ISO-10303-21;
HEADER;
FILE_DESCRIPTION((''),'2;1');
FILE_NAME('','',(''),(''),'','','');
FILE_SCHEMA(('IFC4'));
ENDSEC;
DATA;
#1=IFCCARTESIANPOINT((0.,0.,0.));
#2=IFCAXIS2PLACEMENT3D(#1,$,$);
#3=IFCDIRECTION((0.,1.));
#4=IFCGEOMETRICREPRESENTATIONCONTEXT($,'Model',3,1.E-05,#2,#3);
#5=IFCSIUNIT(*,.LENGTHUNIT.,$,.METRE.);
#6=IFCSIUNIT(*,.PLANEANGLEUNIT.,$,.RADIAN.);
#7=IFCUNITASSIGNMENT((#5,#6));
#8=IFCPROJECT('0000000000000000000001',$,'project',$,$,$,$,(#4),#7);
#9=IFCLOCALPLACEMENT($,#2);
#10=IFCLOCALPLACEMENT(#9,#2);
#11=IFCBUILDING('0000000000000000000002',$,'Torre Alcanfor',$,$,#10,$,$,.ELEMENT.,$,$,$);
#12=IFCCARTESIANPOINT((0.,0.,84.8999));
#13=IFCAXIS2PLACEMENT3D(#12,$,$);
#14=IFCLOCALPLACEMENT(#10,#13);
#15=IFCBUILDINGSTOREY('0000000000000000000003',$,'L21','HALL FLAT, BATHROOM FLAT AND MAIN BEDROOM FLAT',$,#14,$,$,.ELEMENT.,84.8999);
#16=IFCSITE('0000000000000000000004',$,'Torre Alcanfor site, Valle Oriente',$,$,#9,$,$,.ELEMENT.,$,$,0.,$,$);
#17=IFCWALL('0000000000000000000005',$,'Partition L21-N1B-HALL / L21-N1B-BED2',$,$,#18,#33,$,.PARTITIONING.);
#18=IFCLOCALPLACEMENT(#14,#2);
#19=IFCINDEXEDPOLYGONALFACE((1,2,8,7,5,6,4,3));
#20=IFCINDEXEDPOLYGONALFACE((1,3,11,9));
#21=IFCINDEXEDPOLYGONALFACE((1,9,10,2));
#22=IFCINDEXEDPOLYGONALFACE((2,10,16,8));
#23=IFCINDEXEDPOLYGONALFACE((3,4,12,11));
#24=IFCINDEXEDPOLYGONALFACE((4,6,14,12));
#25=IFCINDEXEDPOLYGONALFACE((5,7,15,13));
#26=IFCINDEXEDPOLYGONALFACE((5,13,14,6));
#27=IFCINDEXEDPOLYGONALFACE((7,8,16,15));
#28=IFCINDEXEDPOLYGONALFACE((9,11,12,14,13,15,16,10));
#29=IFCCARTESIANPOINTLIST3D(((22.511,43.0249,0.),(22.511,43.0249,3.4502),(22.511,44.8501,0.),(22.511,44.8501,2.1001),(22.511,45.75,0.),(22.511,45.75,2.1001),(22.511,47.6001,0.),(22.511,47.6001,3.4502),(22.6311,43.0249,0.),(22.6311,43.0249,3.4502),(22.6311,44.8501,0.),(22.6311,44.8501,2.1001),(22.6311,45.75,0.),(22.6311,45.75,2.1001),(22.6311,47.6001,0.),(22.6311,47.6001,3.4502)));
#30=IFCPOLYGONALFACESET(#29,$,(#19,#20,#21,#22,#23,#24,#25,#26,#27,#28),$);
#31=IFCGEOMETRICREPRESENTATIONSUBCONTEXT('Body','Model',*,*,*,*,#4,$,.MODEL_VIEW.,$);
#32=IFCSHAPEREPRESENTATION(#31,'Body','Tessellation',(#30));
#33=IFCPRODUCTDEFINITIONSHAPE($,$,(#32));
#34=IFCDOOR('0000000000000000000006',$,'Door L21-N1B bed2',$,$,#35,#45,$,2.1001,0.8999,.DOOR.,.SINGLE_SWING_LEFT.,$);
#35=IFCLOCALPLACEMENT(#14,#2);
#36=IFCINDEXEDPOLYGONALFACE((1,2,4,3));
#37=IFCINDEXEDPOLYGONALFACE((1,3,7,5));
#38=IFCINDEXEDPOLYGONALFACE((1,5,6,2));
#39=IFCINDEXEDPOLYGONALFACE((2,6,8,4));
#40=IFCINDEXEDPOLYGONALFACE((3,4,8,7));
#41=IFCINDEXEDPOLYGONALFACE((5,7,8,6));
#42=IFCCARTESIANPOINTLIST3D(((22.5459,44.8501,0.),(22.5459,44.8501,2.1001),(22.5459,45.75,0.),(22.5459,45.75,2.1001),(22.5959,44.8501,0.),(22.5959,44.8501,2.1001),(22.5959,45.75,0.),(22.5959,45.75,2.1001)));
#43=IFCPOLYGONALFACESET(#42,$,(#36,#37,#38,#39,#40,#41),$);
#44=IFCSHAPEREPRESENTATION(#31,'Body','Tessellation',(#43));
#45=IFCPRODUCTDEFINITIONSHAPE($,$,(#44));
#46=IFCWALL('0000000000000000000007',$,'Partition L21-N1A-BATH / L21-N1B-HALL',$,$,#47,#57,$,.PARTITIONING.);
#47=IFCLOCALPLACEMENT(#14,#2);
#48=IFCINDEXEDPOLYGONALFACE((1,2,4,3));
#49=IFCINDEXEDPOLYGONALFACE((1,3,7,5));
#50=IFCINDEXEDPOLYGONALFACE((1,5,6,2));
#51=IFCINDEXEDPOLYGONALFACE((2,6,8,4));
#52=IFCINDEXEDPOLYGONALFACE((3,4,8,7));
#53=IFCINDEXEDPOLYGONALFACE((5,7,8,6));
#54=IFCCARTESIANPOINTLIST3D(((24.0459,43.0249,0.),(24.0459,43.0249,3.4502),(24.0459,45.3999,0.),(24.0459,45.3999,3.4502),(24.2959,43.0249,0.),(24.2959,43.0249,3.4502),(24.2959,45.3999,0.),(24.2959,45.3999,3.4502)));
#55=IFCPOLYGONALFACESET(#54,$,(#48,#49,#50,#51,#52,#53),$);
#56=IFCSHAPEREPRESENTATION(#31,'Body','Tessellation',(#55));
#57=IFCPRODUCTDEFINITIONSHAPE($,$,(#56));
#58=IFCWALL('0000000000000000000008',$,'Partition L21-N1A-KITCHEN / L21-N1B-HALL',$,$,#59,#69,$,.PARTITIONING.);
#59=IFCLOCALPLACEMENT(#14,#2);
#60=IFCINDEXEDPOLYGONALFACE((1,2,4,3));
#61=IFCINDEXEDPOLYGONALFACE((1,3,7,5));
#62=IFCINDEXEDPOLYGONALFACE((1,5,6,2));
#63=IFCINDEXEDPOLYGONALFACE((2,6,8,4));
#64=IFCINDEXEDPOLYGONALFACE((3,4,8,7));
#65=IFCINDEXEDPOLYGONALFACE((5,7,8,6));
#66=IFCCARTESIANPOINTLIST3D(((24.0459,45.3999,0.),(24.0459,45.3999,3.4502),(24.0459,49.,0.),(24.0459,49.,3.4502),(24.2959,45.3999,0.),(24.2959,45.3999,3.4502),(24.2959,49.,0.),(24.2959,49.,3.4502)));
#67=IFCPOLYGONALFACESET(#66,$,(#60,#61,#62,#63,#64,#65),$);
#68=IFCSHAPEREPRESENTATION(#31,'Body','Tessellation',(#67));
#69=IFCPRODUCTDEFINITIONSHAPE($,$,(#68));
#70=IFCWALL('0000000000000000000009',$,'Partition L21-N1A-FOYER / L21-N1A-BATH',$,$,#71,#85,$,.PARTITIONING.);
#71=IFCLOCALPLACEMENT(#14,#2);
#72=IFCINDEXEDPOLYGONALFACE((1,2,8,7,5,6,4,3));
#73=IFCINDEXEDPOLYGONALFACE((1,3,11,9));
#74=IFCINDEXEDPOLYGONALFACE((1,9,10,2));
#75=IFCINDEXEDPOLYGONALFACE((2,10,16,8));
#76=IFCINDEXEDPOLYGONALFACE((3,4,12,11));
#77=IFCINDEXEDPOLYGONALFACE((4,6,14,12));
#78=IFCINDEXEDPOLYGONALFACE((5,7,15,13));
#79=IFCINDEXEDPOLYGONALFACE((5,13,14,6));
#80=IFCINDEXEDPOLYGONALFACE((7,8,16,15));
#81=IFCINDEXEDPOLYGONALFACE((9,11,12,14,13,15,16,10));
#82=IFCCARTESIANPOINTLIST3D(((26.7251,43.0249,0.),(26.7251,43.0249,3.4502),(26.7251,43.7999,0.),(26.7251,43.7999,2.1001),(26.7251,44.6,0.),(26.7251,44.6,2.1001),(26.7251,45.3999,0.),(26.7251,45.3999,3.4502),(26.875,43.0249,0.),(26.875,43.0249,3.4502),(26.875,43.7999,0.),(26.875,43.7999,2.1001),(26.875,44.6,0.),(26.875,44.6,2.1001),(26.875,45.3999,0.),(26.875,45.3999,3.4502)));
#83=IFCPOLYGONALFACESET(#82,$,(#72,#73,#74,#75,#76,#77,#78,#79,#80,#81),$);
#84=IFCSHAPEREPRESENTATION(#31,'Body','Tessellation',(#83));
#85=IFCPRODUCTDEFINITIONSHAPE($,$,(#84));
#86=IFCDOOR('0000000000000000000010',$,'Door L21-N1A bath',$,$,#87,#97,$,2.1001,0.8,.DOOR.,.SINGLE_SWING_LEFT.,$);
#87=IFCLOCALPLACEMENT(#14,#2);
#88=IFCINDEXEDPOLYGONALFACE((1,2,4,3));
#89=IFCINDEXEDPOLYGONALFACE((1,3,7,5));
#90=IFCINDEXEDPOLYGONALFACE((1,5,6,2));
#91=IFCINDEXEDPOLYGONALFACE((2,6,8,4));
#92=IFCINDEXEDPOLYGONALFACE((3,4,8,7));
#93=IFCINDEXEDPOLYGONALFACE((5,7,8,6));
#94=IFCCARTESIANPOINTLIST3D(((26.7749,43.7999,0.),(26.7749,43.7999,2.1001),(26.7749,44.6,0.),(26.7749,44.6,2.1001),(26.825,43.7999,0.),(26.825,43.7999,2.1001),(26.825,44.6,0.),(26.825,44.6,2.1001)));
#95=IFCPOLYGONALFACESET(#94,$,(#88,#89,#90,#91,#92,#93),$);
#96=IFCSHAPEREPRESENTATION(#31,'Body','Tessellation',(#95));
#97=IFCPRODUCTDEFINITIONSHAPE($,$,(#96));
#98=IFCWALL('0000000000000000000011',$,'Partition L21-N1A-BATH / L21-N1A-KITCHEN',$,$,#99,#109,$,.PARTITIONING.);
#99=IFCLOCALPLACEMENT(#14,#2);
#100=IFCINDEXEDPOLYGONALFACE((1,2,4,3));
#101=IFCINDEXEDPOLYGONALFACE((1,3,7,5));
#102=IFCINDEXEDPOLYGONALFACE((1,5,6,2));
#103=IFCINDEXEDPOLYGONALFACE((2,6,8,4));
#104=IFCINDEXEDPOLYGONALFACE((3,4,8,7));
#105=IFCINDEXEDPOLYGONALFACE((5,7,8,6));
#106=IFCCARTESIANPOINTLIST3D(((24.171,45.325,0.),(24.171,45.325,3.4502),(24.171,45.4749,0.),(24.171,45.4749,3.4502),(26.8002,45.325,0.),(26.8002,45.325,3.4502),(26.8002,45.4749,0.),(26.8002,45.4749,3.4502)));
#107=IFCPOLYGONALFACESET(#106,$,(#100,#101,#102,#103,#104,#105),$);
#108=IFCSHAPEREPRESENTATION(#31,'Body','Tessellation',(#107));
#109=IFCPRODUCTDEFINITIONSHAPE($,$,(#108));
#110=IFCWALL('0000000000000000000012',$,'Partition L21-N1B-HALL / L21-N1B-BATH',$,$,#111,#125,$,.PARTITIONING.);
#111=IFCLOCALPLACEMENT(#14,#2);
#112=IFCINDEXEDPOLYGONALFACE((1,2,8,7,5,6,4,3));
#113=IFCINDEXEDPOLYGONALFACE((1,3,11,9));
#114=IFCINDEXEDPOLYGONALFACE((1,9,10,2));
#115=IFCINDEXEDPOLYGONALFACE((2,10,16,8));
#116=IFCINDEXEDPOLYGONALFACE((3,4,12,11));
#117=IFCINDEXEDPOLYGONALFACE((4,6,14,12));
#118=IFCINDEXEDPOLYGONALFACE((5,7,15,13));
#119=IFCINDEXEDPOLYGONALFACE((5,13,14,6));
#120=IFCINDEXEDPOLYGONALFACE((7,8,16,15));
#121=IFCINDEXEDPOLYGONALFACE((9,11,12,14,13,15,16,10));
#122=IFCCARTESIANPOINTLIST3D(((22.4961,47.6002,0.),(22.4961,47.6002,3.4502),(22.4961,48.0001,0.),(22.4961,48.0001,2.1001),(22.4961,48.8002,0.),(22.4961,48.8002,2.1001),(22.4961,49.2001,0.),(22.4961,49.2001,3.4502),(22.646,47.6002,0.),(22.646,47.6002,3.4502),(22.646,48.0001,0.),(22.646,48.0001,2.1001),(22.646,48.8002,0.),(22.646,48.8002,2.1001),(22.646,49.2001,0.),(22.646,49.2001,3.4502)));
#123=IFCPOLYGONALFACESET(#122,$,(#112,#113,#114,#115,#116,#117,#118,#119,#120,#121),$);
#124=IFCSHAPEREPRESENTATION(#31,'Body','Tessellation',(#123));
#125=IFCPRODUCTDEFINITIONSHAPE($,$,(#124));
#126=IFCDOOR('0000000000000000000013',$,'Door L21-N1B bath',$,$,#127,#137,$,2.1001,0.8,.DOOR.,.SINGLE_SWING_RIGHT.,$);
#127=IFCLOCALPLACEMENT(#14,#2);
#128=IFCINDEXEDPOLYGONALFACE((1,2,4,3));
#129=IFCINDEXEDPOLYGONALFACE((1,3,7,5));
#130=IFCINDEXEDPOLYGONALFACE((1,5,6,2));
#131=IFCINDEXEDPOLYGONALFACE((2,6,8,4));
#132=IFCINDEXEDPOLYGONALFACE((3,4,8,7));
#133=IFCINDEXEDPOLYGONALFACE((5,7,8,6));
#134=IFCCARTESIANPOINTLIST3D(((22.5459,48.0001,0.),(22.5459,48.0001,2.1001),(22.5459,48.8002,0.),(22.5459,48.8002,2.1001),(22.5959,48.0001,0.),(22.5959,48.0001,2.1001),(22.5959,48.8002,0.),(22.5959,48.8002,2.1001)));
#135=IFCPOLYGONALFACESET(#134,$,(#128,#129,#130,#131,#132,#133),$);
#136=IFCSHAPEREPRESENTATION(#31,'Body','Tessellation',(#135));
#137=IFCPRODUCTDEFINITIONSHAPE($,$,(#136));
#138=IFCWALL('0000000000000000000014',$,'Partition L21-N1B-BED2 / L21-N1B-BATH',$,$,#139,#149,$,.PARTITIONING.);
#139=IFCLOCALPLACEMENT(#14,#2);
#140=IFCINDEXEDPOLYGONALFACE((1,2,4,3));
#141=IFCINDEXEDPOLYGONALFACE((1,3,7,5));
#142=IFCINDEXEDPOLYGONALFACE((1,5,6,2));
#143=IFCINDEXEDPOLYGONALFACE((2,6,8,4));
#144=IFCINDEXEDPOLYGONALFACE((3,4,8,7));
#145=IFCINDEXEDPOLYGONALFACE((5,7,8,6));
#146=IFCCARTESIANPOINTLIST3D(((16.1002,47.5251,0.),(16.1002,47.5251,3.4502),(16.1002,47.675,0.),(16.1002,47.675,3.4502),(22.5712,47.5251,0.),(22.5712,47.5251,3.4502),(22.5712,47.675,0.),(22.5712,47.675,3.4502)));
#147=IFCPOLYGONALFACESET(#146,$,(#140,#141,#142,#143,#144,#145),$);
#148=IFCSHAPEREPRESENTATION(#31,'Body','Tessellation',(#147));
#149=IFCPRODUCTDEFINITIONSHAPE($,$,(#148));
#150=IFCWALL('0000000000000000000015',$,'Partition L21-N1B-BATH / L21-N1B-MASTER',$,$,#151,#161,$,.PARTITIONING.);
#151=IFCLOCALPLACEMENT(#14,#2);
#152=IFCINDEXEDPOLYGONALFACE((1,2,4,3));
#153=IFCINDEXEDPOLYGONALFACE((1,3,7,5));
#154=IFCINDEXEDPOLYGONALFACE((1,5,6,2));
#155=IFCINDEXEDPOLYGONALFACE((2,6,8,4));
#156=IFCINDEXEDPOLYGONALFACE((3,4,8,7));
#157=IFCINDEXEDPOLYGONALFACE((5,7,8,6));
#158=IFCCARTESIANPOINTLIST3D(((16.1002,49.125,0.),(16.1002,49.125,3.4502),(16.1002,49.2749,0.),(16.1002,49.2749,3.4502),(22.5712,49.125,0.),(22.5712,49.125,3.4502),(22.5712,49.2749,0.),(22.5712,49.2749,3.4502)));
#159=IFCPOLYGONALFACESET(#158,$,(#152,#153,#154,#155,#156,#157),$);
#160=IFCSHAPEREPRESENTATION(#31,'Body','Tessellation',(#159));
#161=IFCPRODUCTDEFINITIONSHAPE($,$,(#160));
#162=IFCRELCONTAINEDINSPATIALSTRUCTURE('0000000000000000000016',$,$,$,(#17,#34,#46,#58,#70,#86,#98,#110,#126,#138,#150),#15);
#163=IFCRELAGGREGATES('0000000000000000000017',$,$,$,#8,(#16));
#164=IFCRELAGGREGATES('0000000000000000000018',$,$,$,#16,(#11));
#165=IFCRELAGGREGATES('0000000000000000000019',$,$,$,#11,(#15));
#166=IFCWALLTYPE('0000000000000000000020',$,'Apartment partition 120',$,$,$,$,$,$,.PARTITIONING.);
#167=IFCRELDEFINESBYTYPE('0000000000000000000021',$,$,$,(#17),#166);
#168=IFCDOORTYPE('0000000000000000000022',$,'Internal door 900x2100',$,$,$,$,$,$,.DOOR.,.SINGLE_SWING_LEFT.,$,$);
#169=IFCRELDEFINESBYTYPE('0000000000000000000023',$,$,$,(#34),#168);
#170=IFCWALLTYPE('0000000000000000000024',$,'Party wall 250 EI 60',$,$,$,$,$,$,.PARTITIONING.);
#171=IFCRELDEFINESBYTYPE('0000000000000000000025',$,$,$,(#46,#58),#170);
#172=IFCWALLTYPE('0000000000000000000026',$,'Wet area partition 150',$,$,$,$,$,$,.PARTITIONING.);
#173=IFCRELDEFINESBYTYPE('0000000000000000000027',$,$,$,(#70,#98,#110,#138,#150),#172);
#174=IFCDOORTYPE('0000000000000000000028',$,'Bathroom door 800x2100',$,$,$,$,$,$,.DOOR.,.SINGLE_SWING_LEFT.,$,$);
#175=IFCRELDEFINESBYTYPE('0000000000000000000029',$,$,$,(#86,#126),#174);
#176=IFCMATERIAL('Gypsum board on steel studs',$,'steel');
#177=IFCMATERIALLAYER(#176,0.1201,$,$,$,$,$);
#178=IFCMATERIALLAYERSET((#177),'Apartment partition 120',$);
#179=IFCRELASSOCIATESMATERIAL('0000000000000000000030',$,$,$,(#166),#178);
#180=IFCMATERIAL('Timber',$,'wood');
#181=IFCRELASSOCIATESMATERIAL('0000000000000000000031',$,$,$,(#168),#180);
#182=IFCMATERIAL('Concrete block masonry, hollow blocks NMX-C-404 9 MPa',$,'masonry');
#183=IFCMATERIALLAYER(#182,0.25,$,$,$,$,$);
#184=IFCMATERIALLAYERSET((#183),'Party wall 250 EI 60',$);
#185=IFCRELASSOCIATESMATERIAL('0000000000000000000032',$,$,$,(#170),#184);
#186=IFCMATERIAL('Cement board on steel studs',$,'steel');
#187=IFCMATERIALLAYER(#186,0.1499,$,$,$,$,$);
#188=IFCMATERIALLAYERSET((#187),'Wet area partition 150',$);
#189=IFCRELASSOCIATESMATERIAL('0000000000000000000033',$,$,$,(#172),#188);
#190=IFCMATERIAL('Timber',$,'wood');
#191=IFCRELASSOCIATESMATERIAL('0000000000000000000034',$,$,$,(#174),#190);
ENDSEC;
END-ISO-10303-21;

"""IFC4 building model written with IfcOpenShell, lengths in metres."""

from ifc_helpers import new_model, si_unit, direction, frame, frame_2d, origin, place, context, subcontext, project, spatial, rectangle, extrude, material, layer, layer_set, type_object, element, fill, save


model = new_model("IFC4")

# Units and contexts
model_context = context("Model", 3, precision=1e-05, world=origin(), true_north=direction((0.0, 1.0)))
body_context = subcontext(model_context, "Body", "Model", "MODEL_VIEW")
ifc_project = project(units=[si_unit("LENGTHUNIT", "METRE"), si_unit("PLANEANGLEUNIT", "RADIAN")], contexts=[model_context])

# Site, building, storey
site_placement = place(None, origin())
site = spatial("IfcSite", under=ifc_project, at=site_placement, Name="Torre Alcanfor site, Valle Oriente", CompositionType="ELEMENT", RefElevation=0.0)
building_placement = place(site_placement, origin())
building = spatial("IfcBuilding", under=site, at=building_placement, Name="Torre Alcanfor", CompositionType="ELEMENT")
storey_placement = place(building_placement, frame((0.0, 0.0, 84.8999)))
storey = spatial("IfcBuildingStorey", under=building, at=storey_placement, Name="L21", Description="HALL FLAT, BATHROOM FLAT AND MAIN BEDROOM FLAT", CompositionType="ELEMENT", Elevation=84.8999)

# Wall, opening, door
ifc_material_1 = material(Name="Gypsum board on steel studs", Category="steel")
ifc_layer_1 = layer(ifc_material_1, 0.1201)
ifc_layer_set_1 = layer_set([ifc_layer_1], Name="Apartment partition 120")
wall_type_1 = type_object("IfcWallType", Name="Apartment partition 120", PredefinedType="PARTITIONING", material=ifc_layer_set_1)
wall_1_placement = place(storey_placement, frame((22.571, 47.6001, 0.0), z_axis=(0.0, 0.0, 1.0), x_axis=(0.0, -1.0, 0.0)))
wall_1 = element("IfcWall", 1, at=wall_1_placement, inside=storey, type_object=wall_type_1, Name="Partition L21-N1B-HALL / L21-N1B-BED2", PredefinedType="PARTITIONING", context=body_context, shape_type="SweptSolid", body=[
    extrude(rectangle(XDim=4.5752, YDim=0.1201, at=frame_2d((2.2876, 0.0))), origin(), (0.0, 0.0, 1.0), 3.4502),
])
opening_1_placement = place(wall_1_placement, frame((1.8501, 0.0, 0.0)))
opening_1 = element("IfcOpeningElement", 2, at=opening_1_placement, cuts=wall_1, PredefinedType="OPENING", context=body_context, shape_type="SweptSolid", body=[
    extrude(rectangle(XDim=0.8999, YDim=2.1001, at=frame_2d((0.45, 1.05))), frame((0.0, 0.0701, 0.0), z_axis=(0.0, -1.0, 0.0), x_axis=(1.0, 0.0, 0.0)), (0.0, 0.0, 1.0), 0.1401),
])
ifc_material_2 = material(Name="Timber", Category="wood")
door_type_1 = type_object("IfcDoorType", Name="Internal door 900x2100", OperationType="SINGLE_SWING_LEFT", PredefinedType="DOOR", material=ifc_material_2)
door_1_placement = place(opening_1_placement, frame((0.8999, 0.0, 0.0), z_axis=(0.0, 0.0, 1.0), x_axis=(-1.0, 0.0, 0.0)))
door_1 = element("IfcDoor", 3, at=door_1_placement, inside=storey, type_object=door_type_1, Name="Door L21-N1B bed2", OperationType="SINGLE_SWING_LEFT", OverallHeight=2.1001, OverallWidth=0.8999, PredefinedType="DOOR", context=body_context, shape_type="SweptSolid", body=[
    extrude(rectangle(XDim=0.8999, YDim=2.1001, at=frame_2d((0.45, 1.05))), frame((0.0, 0.0251, 0.0), z_axis=(0.0, -1.0, 0.0), x_axis=(1.0, 0.0, 0.0)), (0.0, 0.0, 1.0), 0.05),
])
fill(opening_1, door_1)

# Walls
ifc_material_3 = material(Name="Concrete block masonry, hollow blocks NMX-C-404 9 MPa", Category="masonry")
ifc_layer_2 = layer(ifc_material_3, 0.25)
ifc_layer_set_2 = layer_set([ifc_layer_2], Name="Party wall 250 EI 60")
wall_type_2 = type_object("IfcWallType", Name="Party wall 250 EI 60", PredefinedType="PARTITIONING", material=ifc_layer_set_2)
wall_2_placement = place(storey_placement, frame((24.1709, 45.3999, 0.0), z_axis=(0.0, 0.0, 1.0), x_axis=(0.0, -1.0, 0.0)))
element("IfcWall", 4, at=wall_2_placement, inside=storey, type_object=wall_type_2, Name="Partition L21-N1A-BATH / L21-N1B-HALL", PredefinedType="PARTITIONING", context=body_context, shape_type="SweptSolid", body=[
    extrude(rectangle(XDim=2.375, YDim=0.25, at=frame_2d((1.1875, 0.0))), origin(), (0.0, 0.0, 1.0), 3.4502),
])
wall_3_placement = place(storey_placement, frame((24.1709, 49.0, 0.0), z_axis=(0.0, 0.0, 1.0), x_axis=(0.0, -1.0, 0.0)))
element("IfcWall", 5, at=wall_3_placement, inside=storey, type_object=wall_type_2, Name="Partition L21-N1A-KITCHEN / L21-N1B-HALL", PredefinedType="PARTITIONING", context=body_context, shape_type="SweptSolid", body=[
    extrude(rectangle(XDim=3.6001, YDim=0.25, at=frame_2d((1.8, 0.0))), origin(), (0.0, 0.0, 1.0), 3.4502),
])

# Wall, opening, door
ifc_material_4 = material(Name="Cement board on steel studs", Category="steel")
ifc_layer_3 = layer(ifc_material_4, 0.1499)
ifc_layer_set_3 = layer_set([ifc_layer_3], Name="Wet area partition 150")
wall_type_3 = type_object("IfcWallType", Name="Wet area partition 150", PredefinedType="PARTITIONING", material=ifc_layer_set_3)
wall_4_placement = place(storey_placement, frame((26.8, 45.3999, 0.0), z_axis=(0.0, 0.0, 1.0), x_axis=(0.0, -1.0, 0.0)))
wall_4 = element("IfcWall", 6, at=wall_4_placement, inside=storey, type_object=wall_type_3, Name="Partition L21-N1A-FOYER / L21-N1A-BATH", PredefinedType="PARTITIONING", context=body_context, shape_type="SweptSolid", body=[
    extrude(rectangle(XDim=2.375, YDim=0.1499, at=frame_2d((1.1875, 0.0))), origin(), (0.0, 0.0, 1.0), 3.4502),
])
opening_2_placement = place(wall_4_placement, frame((0.8, 0.0, 0.0)))
opening_2 = element("IfcOpeningElement", 7, at=opening_2_placement, cuts=wall_4, PredefinedType="OPENING", context=body_context, shape_type="SweptSolid", body=[
    extrude(rectangle(XDim=0.8, YDim=2.1001, at=frame_2d((0.3999, 1.05))), frame((0.0, 0.085, 0.0), z_axis=(0.0, -1.0, 0.0), x_axis=(1.0, 0.0, 0.0)), (0.0, 0.0, 1.0), 0.1699),
])
ifc_material_5 = material(Name="Timber", Category="wood")
door_type_2 = type_object("IfcDoorType", Name="Bathroom door 800x2100", OperationType="SINGLE_SWING_LEFT", PredefinedType="DOOR", material=ifc_material_5)
door_2_placement = place(opening_2_placement, frame((0.8, 0.0, 0.0), z_axis=(0.0, 0.0, 1.0), x_axis=(-1.0, 0.0, 0.0)))
door_2 = element("IfcDoor", 8, at=door_2_placement, inside=storey, type_object=door_type_2, Name="Door L21-N1A bath", OperationType="SINGLE_SWING_LEFT", OverallHeight=2.1001, OverallWidth=0.8, PredefinedType="DOOR", context=body_context, shape_type="SweptSolid", body=[
    extrude(rectangle(XDim=0.8, YDim=2.1001, at=frame_2d((0.4001, 1.05))), frame((0.0, 0.0251, 0.0), z_axis=(0.0, -1.0, 0.0), x_axis=(1.0, 0.0, 0.0)), (0.0, 0.0, 1.0), 0.05),
])
fill(opening_2, door_2)

# Wall
wall_5_placement = place(storey_placement, frame((26.8, 45.3999, 0.0), z_axis=(0.0, 0.0, 1.0), x_axis=(-1.0, 0.0, 0.0)))
element("IfcWall", 9, at=wall_5_placement, inside=storey, type_object=wall_type_3, Name="Partition L21-N1A-BATH / L21-N1A-KITCHEN", PredefinedType="PARTITIONING", context=body_context, shape_type="SweptSolid", body=[
    extrude(rectangle(XDim=2.6292, YDim=0.1499, at=frame_2d((1.3145, 0.0))), origin(), (0.0, 0.0, 1.0), 3.4502),
])

# Wall, opening, door
wall_6_placement = place(storey_placement, frame((22.571, 49.2, 0.0), z_axis=(0.0, 0.0, 1.0), x_axis=(0.0, -1.0, 0.0)))
wall_6 = element("IfcWall", 10, at=wall_6_placement, inside=storey, type_object=wall_type_3, Name="Partition L21-N1B-HALL / L21-N1B-BATH", PredefinedType="PARTITIONING", context=body_context, shape_type="SweptSolid", body=[
    extrude(rectangle(XDim=1.5999, YDim=0.1499, at=frame_2d((0.7998, 0.0))), origin(), (0.0, 0.0, 1.0), 3.4502),
])
opening_3_placement = place(wall_6_placement, frame((0.3999, 0.0, 0.0)))
opening_3 = element("IfcOpeningElement", 11, at=opening_3_placement, cuts=wall_6, PredefinedType="OPENING", context=body_context, shape_type="SweptSolid", body=[
    extrude(rectangle(XDim=0.8, YDim=2.1001, at=frame_2d((0.3999, 1.05))), frame((0.0, 0.085, 0.0), z_axis=(0.0, -1.0, 0.0), x_axis=(1.0, 0.0, 0.0)), (0.0, 0.0, 1.0), 0.1699),
])
door_3_placement = place(opening_3_placement, frame((0.8, 0.0, 0.0), z_axis=(0.0, 0.0, 1.0), x_axis=(-1.0, 0.0, 0.0)))
door_3 = element("IfcDoor", 12, at=door_3_placement, inside=storey, type_object=door_type_2, Name="Door L21-N1B bath", OperationType="SINGLE_SWING_RIGHT", OverallHeight=2.1001, OverallWidth=0.8, PredefinedType="DOOR", context=body_context, shape_type="SweptSolid", body=[
    extrude(rectangle(XDim=0.8, YDim=2.1001, at=frame_2d((0.4001, 1.05))), frame((0.0, 0.0251, 0.0), z_axis=(0.0, -1.0, 0.0), x_axis=(1.0, 0.0, 0.0)), (0.0, 0.0, 1.0), 0.05),
])
fill(opening_3, door_3)

# Walls
for number, where, z_axis, x_axis, name in (
    (13, (22.571, 47.6001, 0.0), (0.0, 0.0, 1.0), (-1.0, 0.0, 0.0), "Partition L21-N1B-BED2 / L21-N1B-BATH"),
    (14, (22.571, 49.2, 0.0), (0.0, 0.0, 1.0), (-1.0, 0.0, 0.0), "Partition L21-N1B-BATH / L21-N1B-MASTER"),
):
    element("IfcWall", number, at=place(storey_placement, frame(where, z_axis=z_axis, x_axis=x_axis)), inside=storey, type_object=wall_type_3, Name=name, PredefinedType="PARTITIONING", context=body_context, shape_type="SweptSolid", body=[
        extrude(rectangle(XDim=6.4709, YDim=0.1499, at=frame_2d((3.2354, 0.0))), origin(), (0.0, 0.0, 1.0), 3.4502),
    ])

save(model, "model.ifc")
